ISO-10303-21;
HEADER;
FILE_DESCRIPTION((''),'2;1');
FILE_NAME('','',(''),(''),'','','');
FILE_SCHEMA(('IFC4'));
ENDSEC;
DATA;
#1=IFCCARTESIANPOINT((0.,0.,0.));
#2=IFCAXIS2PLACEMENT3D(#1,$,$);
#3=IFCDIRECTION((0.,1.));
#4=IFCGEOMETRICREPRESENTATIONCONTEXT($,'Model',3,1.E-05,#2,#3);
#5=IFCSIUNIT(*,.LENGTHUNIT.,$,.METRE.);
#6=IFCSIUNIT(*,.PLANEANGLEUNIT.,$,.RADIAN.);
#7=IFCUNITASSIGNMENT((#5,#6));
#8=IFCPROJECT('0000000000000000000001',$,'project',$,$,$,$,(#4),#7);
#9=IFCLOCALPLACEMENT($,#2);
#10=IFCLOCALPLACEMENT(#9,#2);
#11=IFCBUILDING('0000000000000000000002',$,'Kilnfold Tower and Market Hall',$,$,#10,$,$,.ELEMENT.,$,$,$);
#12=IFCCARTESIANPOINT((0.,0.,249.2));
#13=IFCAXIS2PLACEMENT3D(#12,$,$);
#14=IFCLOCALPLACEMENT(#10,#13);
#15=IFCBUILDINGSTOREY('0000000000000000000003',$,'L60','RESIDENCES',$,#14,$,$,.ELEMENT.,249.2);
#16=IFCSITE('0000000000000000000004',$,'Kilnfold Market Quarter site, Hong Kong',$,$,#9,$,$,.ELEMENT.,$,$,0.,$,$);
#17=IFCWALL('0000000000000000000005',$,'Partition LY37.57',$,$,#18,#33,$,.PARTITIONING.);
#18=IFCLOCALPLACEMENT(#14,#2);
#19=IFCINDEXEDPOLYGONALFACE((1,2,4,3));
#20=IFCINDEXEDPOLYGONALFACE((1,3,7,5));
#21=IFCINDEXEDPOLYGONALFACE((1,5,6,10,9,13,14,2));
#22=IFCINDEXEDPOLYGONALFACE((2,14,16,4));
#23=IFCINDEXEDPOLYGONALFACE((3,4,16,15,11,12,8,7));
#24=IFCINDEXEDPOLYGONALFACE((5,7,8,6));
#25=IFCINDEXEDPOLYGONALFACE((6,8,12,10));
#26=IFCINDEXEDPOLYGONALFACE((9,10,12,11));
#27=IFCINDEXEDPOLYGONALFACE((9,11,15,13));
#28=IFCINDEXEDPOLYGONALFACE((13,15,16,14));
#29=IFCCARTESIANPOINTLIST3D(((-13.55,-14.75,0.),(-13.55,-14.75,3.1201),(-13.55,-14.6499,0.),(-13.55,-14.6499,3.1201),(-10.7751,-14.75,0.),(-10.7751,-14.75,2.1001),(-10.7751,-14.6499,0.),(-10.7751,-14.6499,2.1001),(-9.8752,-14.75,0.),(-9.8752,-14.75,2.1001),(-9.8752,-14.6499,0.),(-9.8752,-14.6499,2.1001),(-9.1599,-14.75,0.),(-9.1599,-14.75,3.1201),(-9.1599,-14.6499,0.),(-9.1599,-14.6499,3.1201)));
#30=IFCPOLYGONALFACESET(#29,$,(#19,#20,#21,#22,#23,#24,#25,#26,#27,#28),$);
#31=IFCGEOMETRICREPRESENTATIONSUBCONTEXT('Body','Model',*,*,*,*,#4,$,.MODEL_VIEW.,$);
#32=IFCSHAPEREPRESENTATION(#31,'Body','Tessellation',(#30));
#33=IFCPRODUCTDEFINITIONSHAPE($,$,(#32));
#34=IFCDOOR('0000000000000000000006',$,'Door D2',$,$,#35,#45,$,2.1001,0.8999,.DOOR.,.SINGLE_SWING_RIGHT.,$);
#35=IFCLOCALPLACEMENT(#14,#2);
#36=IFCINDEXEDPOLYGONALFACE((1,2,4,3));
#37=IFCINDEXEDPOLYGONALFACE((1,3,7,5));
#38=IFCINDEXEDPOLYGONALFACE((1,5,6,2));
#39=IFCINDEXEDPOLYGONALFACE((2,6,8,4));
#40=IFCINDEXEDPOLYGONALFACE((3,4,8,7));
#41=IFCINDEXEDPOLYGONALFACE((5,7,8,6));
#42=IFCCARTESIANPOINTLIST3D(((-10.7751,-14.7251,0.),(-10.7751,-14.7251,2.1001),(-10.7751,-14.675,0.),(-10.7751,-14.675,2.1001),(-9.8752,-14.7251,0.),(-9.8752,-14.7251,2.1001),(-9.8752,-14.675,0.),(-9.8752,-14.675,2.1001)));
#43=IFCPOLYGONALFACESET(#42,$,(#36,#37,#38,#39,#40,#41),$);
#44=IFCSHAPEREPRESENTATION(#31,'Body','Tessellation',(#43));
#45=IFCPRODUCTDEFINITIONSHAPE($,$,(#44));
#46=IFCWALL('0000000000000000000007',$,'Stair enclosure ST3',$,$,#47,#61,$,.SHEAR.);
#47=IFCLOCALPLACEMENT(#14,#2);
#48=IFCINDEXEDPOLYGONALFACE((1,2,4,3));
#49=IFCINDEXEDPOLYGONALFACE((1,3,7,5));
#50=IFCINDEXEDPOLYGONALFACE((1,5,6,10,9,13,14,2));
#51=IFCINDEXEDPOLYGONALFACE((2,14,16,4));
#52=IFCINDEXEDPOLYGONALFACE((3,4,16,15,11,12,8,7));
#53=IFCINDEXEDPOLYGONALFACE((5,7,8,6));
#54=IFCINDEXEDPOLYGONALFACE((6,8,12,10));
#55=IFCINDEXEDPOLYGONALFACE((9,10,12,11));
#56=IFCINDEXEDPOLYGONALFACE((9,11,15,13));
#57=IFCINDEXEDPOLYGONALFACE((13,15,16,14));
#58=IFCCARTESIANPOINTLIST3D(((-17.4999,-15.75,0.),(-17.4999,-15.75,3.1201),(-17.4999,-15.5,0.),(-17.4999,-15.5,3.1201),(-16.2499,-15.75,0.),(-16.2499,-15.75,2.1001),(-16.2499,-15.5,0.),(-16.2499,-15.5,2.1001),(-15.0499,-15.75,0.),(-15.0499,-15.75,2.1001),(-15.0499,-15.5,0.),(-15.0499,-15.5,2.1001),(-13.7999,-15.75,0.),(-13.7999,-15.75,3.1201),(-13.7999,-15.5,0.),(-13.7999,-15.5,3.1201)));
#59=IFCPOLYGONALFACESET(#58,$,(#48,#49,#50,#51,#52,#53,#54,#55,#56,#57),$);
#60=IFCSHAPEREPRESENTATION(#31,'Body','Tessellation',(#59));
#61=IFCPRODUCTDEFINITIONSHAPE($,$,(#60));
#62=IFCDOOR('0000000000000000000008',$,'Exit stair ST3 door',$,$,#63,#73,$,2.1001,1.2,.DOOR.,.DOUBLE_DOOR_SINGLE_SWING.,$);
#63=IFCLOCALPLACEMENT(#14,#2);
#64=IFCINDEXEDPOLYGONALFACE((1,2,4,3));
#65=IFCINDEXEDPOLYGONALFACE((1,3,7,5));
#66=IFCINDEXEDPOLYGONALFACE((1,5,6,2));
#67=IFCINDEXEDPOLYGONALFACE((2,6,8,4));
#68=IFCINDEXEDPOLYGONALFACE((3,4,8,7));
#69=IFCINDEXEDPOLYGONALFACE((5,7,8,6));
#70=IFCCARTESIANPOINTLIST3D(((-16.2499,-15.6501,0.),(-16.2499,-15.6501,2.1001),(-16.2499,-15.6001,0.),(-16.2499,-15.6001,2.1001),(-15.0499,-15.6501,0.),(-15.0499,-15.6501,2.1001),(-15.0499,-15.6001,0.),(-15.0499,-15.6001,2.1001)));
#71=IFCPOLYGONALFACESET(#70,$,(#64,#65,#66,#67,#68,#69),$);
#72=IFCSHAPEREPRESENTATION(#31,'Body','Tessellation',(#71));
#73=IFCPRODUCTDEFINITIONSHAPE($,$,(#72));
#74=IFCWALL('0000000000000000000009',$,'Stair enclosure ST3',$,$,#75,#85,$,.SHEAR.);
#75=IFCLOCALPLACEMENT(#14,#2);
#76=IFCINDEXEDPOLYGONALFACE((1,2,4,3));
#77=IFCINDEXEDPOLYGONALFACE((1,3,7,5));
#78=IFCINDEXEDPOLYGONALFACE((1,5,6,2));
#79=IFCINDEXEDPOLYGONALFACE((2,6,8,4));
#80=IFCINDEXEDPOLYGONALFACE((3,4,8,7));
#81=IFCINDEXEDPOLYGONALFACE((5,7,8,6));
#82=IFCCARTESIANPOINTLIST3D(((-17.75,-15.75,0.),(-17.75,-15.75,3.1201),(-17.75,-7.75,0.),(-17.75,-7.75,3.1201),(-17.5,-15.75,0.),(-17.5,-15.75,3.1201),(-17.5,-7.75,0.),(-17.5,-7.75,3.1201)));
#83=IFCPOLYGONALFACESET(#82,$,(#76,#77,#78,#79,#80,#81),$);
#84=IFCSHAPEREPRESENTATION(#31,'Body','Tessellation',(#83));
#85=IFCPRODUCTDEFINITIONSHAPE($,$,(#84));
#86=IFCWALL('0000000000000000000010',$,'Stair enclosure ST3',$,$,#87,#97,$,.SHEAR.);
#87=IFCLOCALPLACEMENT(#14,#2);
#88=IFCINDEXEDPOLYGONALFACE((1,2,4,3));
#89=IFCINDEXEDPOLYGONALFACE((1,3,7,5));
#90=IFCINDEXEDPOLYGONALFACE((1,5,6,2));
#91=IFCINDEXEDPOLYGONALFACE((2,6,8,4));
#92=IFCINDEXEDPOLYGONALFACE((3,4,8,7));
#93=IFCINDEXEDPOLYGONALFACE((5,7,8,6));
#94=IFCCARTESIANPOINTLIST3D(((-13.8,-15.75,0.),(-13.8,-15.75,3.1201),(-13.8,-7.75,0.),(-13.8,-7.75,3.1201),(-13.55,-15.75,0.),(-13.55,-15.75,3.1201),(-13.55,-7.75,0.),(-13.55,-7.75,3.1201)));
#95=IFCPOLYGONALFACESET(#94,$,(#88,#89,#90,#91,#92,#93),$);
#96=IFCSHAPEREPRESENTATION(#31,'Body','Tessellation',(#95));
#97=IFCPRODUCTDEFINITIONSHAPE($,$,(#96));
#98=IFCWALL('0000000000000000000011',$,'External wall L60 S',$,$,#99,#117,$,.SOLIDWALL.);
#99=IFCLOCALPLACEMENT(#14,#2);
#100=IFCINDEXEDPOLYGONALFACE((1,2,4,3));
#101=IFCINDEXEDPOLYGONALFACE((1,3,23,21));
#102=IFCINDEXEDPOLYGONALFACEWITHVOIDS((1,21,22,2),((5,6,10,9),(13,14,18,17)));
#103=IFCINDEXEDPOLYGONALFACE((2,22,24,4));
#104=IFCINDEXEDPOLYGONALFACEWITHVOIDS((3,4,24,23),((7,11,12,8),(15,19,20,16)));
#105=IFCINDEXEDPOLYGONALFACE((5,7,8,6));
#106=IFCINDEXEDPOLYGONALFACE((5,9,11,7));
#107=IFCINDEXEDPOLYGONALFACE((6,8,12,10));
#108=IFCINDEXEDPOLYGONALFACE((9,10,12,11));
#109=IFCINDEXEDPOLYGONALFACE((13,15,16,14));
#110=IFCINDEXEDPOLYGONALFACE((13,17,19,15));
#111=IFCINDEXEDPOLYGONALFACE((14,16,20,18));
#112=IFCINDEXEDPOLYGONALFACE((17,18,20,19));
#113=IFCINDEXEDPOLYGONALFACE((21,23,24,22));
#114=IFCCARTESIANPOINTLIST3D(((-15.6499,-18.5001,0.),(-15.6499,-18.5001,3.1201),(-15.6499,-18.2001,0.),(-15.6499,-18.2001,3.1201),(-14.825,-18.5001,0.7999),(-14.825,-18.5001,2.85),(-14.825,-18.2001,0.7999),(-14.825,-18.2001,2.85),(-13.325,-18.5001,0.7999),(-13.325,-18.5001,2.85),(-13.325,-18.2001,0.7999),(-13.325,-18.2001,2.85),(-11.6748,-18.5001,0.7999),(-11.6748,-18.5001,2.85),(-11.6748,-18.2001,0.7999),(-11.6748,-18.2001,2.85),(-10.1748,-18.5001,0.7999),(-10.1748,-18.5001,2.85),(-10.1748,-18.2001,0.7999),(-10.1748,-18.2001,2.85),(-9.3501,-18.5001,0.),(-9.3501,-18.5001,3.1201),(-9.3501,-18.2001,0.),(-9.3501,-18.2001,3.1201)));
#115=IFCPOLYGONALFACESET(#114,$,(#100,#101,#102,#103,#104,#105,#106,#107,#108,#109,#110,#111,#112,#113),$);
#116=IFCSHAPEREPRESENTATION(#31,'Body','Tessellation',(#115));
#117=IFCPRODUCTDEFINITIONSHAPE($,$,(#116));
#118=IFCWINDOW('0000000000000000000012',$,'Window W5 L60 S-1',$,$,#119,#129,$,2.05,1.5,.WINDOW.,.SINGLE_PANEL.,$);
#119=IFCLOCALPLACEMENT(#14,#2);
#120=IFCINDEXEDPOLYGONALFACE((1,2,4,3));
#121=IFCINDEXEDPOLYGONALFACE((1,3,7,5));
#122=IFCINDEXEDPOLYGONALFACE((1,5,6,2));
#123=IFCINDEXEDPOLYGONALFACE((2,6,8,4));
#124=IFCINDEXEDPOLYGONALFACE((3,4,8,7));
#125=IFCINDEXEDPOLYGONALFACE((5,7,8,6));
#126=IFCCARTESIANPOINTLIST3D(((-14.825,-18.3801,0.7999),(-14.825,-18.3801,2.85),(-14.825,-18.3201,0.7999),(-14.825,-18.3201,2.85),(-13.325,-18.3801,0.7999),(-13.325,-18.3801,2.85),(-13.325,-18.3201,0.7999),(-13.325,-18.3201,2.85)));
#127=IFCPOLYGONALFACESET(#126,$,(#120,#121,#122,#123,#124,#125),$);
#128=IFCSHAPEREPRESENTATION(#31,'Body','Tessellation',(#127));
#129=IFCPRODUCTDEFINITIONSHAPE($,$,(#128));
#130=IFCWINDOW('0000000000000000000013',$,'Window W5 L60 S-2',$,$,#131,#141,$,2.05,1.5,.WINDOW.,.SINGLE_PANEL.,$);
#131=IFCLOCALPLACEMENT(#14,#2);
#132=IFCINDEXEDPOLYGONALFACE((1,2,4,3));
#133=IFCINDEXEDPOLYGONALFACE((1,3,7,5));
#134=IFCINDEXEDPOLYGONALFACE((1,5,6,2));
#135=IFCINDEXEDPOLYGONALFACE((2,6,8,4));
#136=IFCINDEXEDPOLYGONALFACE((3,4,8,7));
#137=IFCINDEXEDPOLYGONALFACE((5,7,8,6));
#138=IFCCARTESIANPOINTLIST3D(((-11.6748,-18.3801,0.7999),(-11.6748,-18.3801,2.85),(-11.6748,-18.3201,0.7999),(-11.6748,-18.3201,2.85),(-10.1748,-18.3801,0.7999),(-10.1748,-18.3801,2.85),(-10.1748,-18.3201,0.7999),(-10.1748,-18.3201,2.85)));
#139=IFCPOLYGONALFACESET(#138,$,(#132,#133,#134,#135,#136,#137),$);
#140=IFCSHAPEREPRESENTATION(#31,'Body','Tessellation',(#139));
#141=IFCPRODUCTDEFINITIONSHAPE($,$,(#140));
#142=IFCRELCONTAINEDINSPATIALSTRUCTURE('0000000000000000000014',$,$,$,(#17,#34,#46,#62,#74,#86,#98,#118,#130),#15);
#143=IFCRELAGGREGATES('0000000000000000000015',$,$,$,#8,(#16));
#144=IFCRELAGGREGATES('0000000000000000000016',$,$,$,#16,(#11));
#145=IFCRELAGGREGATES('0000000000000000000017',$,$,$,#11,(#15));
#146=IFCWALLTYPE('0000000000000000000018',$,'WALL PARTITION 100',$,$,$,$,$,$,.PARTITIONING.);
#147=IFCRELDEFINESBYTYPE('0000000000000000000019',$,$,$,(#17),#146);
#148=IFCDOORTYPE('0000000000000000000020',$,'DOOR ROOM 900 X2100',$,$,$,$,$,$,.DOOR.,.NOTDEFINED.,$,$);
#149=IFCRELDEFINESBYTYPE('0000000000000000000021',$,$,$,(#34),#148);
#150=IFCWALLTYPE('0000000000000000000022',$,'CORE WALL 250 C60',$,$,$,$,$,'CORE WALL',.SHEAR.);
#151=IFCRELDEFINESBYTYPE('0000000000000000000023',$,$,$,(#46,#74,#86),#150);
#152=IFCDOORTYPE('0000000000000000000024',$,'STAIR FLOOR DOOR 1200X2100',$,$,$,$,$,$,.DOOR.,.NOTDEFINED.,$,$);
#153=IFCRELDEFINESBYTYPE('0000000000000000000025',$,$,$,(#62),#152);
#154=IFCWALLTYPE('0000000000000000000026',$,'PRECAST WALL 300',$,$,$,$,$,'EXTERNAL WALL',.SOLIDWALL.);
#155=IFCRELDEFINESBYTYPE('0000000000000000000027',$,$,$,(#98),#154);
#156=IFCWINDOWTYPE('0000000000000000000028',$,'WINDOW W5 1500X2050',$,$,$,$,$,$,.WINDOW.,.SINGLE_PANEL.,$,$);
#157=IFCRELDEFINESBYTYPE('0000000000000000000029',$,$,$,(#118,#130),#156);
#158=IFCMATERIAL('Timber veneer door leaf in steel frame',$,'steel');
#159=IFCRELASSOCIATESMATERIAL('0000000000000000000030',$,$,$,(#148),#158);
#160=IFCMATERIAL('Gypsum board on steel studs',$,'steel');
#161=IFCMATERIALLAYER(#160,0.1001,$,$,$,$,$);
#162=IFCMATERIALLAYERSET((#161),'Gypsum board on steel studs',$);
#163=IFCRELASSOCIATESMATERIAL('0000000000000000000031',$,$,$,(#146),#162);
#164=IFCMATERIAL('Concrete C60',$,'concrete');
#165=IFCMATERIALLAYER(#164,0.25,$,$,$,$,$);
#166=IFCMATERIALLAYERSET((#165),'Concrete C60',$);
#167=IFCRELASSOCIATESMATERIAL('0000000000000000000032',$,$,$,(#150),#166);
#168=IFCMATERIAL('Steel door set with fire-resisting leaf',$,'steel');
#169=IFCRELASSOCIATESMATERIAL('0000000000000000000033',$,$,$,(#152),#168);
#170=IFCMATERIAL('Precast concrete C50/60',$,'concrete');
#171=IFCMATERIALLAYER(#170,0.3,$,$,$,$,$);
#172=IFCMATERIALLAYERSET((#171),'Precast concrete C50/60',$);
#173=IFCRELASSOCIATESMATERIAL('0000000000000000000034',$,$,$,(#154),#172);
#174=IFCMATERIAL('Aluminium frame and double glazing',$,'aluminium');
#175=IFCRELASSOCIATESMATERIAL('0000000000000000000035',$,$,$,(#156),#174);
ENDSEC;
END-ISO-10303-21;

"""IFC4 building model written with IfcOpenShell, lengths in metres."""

from ifc_helpers import new_model, si_unit, direction, frame, frame_2d, origin, place, context, subcontext, project, spatial, rectangle, extrude, source, transform, mapped, material, layer, layer_set, type_object, element, fill, save


model = new_model("IFC4")

# Units and contexts
model_context = context("Model", 3, precision=1e-05, world=origin(), true_north=direction((0.0, 1.0)))
body_context = subcontext(model_context, "Body", "Model", "MODEL_VIEW")
ifc_project = project(units=[si_unit("LENGTHUNIT", "METRE"), si_unit("PLANEANGLEUNIT", "RADIAN")], contexts=[model_context])

# Site, building, storey
site_placement = place(None, origin())
site = spatial("IfcSite", under=ifc_project, at=site_placement, Name="Kilnfold Market Quarter site, Hong Kong", CompositionType="ELEMENT", RefElevation=0.0)
building_placement = place(site_placement, origin())
building = spatial("IfcBuilding", under=site, at=building_placement, Name="Kilnfold Tower and Market Hall", CompositionType="ELEMENT")
storey_placement = place(building_placement, frame((0.0, 0.0, 249.2)))
storey = spatial("IfcBuildingStorey", under=building, at=storey_placement, Name="L60", Description="RESIDENCES", CompositionType="ELEMENT", Elevation=249.2)

# Shared definitions
ifc_material_1 = material(Name="Timber veneer door leaf in steel frame", Category="steel")
door_type_1 = type_object("IfcDoorType", Name="DOOR ROOM 900 X2100", OperationType="NOTDEFINED", PredefinedType="DOOR", material=ifc_material_1)

# Walls, openings, doors
ifc_material_2 = material(Name="Gypsum board on steel studs", Category="steel")
ifc_layer_1 = layer(ifc_material_2, 0.1001)
ifc_layer_set_1 = layer_set([ifc_layer_1], Name="Gypsum board on steel studs")
wall_type_1 = type_object("IfcWallType", Name="WALL PARTITION 100", PredefinedType="PARTITIONING", material=ifc_layer_set_1)
wall_1_placement = place(storey_placement, frame((-13.55, -14.7, 0.0), z_axis=(0.0, 0.0, 1.0), x_axis=(1.0, 0.0, 0.0)))
wall_1 = element("IfcWall", 1, at=wall_1_placement, inside=storey, type_object=wall_type_1, Name="Partition LY37.57", PredefinedType="PARTITIONING", context=body_context, shape_type="SweptSolid", body=[
    extrude(rectangle(XDim=4.3901, YDim=0.1001, at=frame_2d((2.1951, 0.0))), origin(), (0.0, 0.0, 1.0), 3.1201),
])
opening_1_placement = place(wall_1_placement, frame((2.7749, 0.0, 0.0)))
opening_1 = element("IfcOpeningElement", 2, at=opening_1_placement, cuts=wall_1, PredefinedType="OPENING", context=body_context, shape_type="SweptSolid", body=[
    extrude(rectangle(XDim=0.8999, YDim=2.1001, at=frame_2d((0.45, 1.05))), frame((0.0, 0.0601, 0.0), z_axis=(0.0, -1.0, 0.0), x_axis=(1.0, 0.0, 0.0)), (0.0, 0.0, 1.0), 0.1201),
])
door_1_placement = place(opening_1_placement, origin())
door_1 = element("IfcDoor", 3, at=door_1_placement, inside=storey, type_object=door_type_1, Name="Door D2", OperationType="SINGLE_SWING_RIGHT", OverallHeight=2.1001, OverallWidth=0.8999, PredefinedType="DOOR", context=body_context, shape_type="SweptSolid", body=[
    extrude(rectangle(XDim=0.8999, YDim=2.1001, at=frame_2d((0.45, 1.05))), frame((0.0, 0.0249, 0.0), z_axis=(0.0, -1.0, 0.0), x_axis=(1.0, 0.0, 0.0)), (0.0, 0.0, 1.0), 0.05),
])
fill(opening_1, door_1)
ifc_material_3 = material(Name="Concrete C60", Category="concrete")
ifc_layer_2 = layer(ifc_material_3, 0.25)
ifc_layer_set_2 = layer_set([ifc_layer_2], Name="Concrete C60")
wall_type_2 = type_object("IfcWallType", Name="CORE WALL 250 C60", ElementType="CORE WALL", PredefinedType="SHEAR", material=ifc_layer_set_2)
shared_shape_1 = source(origin(), body_context, "Body", "SweptSolid", [
    extrude(rectangle(XDim=3.7, YDim=0.25, at=frame_2d((1.8501, 0.0))), origin(), (0.0, 0.0, 1.0), 3.1201),
])
wall_2_placement = place(storey_placement, frame((-17.5, -15.625, 0.0), z_axis=(0.0, 0.0, 1.0), x_axis=(1.0, 0.0, 0.0)))
wall_2 = element("IfcWall", 4, at=wall_2_placement, inside=storey, type_object=wall_type_2, Name="Stair enclosure ST3", PredefinedType="SHEAR", context=body_context, shape_type="MappedRepresentation", body=[
    mapped(shared_shape_1, transform((0.0, 0.0, 0.0))),
])
opening_2_placement = place(wall_2_placement, frame((1.25, 0.0, 0.0)))
opening_2 = element("IfcOpeningElement", 5, at=opening_2_placement, cuts=wall_2, PredefinedType="OPENING", context=body_context, shape_type="SweptSolid", body=[
    extrude(rectangle(XDim=1.2, YDim=2.1001, at=frame_2d((0.6001, 1.05))), frame((0.0, 0.135, 0.0), z_axis=(0.0, -1.0, 0.0), x_axis=(1.0, 0.0, 0.0)), (0.0, 0.0, 1.0), 0.27),
])
ifc_material_4 = material(Name="Steel door set with fire-resisting leaf", Category="steel")
door_type_2 = type_object("IfcDoorType", Name="STAIR FLOOR DOOR 1200X2100", OperationType="NOTDEFINED", PredefinedType="DOOR", material=ifc_material_4)
door_2_placement = place(opening_2_placement, origin())
door_2 = element("IfcDoor", 6, at=door_2_placement, inside=storey, type_object=door_type_2, Name="Exit stair ST3 door", OperationType="DOUBLE_DOOR_SINGLE_SWING", OverallHeight=2.1001, OverallWidth=1.2, PredefinedType="DOOR", context=body_context, shape_type="SweptSolid", body=[
    extrude(rectangle(XDim=1.2, YDim=2.1001, at=frame_2d((0.6001, 1.05))), frame((0.0, 0.0249, 0.0), z_axis=(0.0, -1.0, 0.0), x_axis=(1.0, 0.0, 0.0)), (0.0, 0.0, 1.0), 0.05),
])
fill(opening_2, door_2)

# Walls
shared_shape_2 = source(origin(), body_context, "Body", "SweptSolid", [
    extrude(rectangle(XDim=8.0, YDim=0.25, at=frame_2d((4.0, 0.0))), origin(), (0.0, 0.0, 1.0), 3.1201),
])
for number, where, z_axis, x_axis, name in (
    (7, (-17.625, -15.75, 0.0), (0.0, 0.0, 1.0), (0.0, 1.0, 0.0), "Stair enclosure ST3"),
    (8, (-13.675, -15.75, 0.0), (0.0, 0.0, 1.0), (0.0, 1.0, 0.0), "Stair enclosure ST3"),
):
    element("IfcWall", number, at=place(storey_placement, frame(where, z_axis=z_axis, x_axis=x_axis)), inside=storey, type_object=wall_type_2, Name=name, PredefinedType="SHEAR", context=body_context, shape_type="MappedRepresentation", body=[
        mapped(shared_shape_2, transform((0.0, 0.0, 0.0))),
    ])

# Wall, openings, windows
ifc_material_5 = material(Name="Precast concrete C50/60", Category="concrete")
ifc_layer_3 = layer(ifc_material_5, 0.3)
ifc_layer_set_3 = layer_set([ifc_layer_3], Name="Precast concrete C50/60")
wall_type_3 = type_object("IfcWallType", Name="PRECAST WALL 300", ElementType="EXTERNAL WALL", PredefinedType="SOLIDWALL", material=ifc_layer_set_3)
shared_shape_3 = source(origin(), body_context, "Body", "SweptSolid", [
    extrude(rectangle(XDim=6.2998, YDim=0.3, at=frame_2d((3.1499, 0.0))), origin(), (0.0, 0.0, 1.0), 3.1201),
])
wall_3_placement = place(storey_placement, frame((-15.6499, -18.3501, 0.0), z_axis=(0.0, 0.0, 1.0), x_axis=(1.0, 0.0, 0.0)))
wall_3 = element("IfcWall", 9, at=wall_3_placement, inside=storey, type_object=wall_type_3, Name="External wall L60 S", PredefinedType="SOLIDWALL", context=body_context, shape_type="MappedRepresentation", body=[
    mapped(shared_shape_3, transform((0.0, 0.0, 0.0))),
])
opening_3_placement = place(wall_3_placement, frame((0.825, 0.0, 0.8)))
opening_3 = element("IfcOpeningElement", 10, at=opening_3_placement, cuts=wall_3, PredefinedType="OPENING", context=body_context, shape_type="SweptSolid", body=[
    extrude(rectangle(XDim=1.5, YDim=2.05, at=frame_2d((0.75, 1.0249))), frame((0.0, 0.1602, 0.0), z_axis=(0.0, -1.0, 0.0), x_axis=(1.0, 0.0, 0.0)), (0.0, 0.0, 1.0), 0.3201),
])
opening_4_placement = place(wall_3_placement, frame((3.9751, 0.0, 0.8)))
opening_4 = element("IfcOpeningElement", 11, at=opening_4_placement, cuts=wall_3, PredefinedType="OPENING", context=body_context, shape_type="SweptSolid", body=[
    extrude(rectangle(XDim=1.5, YDim=2.05, at=frame_2d((0.75, 1.0249))), frame((0.0, 0.1602, 0.0), z_axis=(0.0, -1.0, 0.0), x_axis=(1.0, 0.0, 0.0)), (0.0, 0.0, 1.0), 0.3201),
])
ifc_material_6 = material(Name="Aluminium frame and double glazing", Category="aluminium")
window_type_1 = type_object("IfcWindowType", Name="WINDOW W5 1500X2050", PartitioningType="SINGLE_PANEL", PredefinedType="WINDOW", material=ifc_material_6)
window_1_placement = place(opening_3_placement, origin())
window_1 = element("IfcWindow", 12, at=window_1_placement, inside=storey, type_object=window_type_1, Name="Window W5 L60 S-1", OverallHeight=2.05, OverallWidth=1.5, PartitioningType="SINGLE_PANEL", PredefinedType="WINDOW", context=body_context, shape_type="SweptSolid", body=[
    extrude(rectangle(XDim=1.5, YDim=2.05, at=frame_2d((0.75, 1.0249))), frame((0.0, 0.03, 0.0), z_axis=(0.0, -1.0, 0.0), x_axis=(1.0, 0.0, 0.0)), (0.0, 0.0, 1.0), 0.0601),
])
fill(opening_3, window_1)
window_2_placement = place(opening_4_placement, origin())
window_2 = element("IfcWindow", 13, at=window_2_placement, inside=storey, type_object=window_type_1, Name="Window W5 L60 S-2", OverallHeight=2.05, OverallWidth=1.5, PartitioningType="SINGLE_PANEL", PredefinedType="WINDOW", context=body_context, shape_type="SweptSolid", body=[
    extrude(rectangle(XDim=1.5, YDim=2.05, at=frame_2d((0.75, 1.0249))), frame((0.0, 0.03, 0.0), z_axis=(0.0, -1.0, 0.0), x_axis=(1.0, 0.0, 0.0)), (0.0, 0.0, 1.0), 0.0601),
])
fill(opening_4, window_2)

save(model, "model.ifc")
